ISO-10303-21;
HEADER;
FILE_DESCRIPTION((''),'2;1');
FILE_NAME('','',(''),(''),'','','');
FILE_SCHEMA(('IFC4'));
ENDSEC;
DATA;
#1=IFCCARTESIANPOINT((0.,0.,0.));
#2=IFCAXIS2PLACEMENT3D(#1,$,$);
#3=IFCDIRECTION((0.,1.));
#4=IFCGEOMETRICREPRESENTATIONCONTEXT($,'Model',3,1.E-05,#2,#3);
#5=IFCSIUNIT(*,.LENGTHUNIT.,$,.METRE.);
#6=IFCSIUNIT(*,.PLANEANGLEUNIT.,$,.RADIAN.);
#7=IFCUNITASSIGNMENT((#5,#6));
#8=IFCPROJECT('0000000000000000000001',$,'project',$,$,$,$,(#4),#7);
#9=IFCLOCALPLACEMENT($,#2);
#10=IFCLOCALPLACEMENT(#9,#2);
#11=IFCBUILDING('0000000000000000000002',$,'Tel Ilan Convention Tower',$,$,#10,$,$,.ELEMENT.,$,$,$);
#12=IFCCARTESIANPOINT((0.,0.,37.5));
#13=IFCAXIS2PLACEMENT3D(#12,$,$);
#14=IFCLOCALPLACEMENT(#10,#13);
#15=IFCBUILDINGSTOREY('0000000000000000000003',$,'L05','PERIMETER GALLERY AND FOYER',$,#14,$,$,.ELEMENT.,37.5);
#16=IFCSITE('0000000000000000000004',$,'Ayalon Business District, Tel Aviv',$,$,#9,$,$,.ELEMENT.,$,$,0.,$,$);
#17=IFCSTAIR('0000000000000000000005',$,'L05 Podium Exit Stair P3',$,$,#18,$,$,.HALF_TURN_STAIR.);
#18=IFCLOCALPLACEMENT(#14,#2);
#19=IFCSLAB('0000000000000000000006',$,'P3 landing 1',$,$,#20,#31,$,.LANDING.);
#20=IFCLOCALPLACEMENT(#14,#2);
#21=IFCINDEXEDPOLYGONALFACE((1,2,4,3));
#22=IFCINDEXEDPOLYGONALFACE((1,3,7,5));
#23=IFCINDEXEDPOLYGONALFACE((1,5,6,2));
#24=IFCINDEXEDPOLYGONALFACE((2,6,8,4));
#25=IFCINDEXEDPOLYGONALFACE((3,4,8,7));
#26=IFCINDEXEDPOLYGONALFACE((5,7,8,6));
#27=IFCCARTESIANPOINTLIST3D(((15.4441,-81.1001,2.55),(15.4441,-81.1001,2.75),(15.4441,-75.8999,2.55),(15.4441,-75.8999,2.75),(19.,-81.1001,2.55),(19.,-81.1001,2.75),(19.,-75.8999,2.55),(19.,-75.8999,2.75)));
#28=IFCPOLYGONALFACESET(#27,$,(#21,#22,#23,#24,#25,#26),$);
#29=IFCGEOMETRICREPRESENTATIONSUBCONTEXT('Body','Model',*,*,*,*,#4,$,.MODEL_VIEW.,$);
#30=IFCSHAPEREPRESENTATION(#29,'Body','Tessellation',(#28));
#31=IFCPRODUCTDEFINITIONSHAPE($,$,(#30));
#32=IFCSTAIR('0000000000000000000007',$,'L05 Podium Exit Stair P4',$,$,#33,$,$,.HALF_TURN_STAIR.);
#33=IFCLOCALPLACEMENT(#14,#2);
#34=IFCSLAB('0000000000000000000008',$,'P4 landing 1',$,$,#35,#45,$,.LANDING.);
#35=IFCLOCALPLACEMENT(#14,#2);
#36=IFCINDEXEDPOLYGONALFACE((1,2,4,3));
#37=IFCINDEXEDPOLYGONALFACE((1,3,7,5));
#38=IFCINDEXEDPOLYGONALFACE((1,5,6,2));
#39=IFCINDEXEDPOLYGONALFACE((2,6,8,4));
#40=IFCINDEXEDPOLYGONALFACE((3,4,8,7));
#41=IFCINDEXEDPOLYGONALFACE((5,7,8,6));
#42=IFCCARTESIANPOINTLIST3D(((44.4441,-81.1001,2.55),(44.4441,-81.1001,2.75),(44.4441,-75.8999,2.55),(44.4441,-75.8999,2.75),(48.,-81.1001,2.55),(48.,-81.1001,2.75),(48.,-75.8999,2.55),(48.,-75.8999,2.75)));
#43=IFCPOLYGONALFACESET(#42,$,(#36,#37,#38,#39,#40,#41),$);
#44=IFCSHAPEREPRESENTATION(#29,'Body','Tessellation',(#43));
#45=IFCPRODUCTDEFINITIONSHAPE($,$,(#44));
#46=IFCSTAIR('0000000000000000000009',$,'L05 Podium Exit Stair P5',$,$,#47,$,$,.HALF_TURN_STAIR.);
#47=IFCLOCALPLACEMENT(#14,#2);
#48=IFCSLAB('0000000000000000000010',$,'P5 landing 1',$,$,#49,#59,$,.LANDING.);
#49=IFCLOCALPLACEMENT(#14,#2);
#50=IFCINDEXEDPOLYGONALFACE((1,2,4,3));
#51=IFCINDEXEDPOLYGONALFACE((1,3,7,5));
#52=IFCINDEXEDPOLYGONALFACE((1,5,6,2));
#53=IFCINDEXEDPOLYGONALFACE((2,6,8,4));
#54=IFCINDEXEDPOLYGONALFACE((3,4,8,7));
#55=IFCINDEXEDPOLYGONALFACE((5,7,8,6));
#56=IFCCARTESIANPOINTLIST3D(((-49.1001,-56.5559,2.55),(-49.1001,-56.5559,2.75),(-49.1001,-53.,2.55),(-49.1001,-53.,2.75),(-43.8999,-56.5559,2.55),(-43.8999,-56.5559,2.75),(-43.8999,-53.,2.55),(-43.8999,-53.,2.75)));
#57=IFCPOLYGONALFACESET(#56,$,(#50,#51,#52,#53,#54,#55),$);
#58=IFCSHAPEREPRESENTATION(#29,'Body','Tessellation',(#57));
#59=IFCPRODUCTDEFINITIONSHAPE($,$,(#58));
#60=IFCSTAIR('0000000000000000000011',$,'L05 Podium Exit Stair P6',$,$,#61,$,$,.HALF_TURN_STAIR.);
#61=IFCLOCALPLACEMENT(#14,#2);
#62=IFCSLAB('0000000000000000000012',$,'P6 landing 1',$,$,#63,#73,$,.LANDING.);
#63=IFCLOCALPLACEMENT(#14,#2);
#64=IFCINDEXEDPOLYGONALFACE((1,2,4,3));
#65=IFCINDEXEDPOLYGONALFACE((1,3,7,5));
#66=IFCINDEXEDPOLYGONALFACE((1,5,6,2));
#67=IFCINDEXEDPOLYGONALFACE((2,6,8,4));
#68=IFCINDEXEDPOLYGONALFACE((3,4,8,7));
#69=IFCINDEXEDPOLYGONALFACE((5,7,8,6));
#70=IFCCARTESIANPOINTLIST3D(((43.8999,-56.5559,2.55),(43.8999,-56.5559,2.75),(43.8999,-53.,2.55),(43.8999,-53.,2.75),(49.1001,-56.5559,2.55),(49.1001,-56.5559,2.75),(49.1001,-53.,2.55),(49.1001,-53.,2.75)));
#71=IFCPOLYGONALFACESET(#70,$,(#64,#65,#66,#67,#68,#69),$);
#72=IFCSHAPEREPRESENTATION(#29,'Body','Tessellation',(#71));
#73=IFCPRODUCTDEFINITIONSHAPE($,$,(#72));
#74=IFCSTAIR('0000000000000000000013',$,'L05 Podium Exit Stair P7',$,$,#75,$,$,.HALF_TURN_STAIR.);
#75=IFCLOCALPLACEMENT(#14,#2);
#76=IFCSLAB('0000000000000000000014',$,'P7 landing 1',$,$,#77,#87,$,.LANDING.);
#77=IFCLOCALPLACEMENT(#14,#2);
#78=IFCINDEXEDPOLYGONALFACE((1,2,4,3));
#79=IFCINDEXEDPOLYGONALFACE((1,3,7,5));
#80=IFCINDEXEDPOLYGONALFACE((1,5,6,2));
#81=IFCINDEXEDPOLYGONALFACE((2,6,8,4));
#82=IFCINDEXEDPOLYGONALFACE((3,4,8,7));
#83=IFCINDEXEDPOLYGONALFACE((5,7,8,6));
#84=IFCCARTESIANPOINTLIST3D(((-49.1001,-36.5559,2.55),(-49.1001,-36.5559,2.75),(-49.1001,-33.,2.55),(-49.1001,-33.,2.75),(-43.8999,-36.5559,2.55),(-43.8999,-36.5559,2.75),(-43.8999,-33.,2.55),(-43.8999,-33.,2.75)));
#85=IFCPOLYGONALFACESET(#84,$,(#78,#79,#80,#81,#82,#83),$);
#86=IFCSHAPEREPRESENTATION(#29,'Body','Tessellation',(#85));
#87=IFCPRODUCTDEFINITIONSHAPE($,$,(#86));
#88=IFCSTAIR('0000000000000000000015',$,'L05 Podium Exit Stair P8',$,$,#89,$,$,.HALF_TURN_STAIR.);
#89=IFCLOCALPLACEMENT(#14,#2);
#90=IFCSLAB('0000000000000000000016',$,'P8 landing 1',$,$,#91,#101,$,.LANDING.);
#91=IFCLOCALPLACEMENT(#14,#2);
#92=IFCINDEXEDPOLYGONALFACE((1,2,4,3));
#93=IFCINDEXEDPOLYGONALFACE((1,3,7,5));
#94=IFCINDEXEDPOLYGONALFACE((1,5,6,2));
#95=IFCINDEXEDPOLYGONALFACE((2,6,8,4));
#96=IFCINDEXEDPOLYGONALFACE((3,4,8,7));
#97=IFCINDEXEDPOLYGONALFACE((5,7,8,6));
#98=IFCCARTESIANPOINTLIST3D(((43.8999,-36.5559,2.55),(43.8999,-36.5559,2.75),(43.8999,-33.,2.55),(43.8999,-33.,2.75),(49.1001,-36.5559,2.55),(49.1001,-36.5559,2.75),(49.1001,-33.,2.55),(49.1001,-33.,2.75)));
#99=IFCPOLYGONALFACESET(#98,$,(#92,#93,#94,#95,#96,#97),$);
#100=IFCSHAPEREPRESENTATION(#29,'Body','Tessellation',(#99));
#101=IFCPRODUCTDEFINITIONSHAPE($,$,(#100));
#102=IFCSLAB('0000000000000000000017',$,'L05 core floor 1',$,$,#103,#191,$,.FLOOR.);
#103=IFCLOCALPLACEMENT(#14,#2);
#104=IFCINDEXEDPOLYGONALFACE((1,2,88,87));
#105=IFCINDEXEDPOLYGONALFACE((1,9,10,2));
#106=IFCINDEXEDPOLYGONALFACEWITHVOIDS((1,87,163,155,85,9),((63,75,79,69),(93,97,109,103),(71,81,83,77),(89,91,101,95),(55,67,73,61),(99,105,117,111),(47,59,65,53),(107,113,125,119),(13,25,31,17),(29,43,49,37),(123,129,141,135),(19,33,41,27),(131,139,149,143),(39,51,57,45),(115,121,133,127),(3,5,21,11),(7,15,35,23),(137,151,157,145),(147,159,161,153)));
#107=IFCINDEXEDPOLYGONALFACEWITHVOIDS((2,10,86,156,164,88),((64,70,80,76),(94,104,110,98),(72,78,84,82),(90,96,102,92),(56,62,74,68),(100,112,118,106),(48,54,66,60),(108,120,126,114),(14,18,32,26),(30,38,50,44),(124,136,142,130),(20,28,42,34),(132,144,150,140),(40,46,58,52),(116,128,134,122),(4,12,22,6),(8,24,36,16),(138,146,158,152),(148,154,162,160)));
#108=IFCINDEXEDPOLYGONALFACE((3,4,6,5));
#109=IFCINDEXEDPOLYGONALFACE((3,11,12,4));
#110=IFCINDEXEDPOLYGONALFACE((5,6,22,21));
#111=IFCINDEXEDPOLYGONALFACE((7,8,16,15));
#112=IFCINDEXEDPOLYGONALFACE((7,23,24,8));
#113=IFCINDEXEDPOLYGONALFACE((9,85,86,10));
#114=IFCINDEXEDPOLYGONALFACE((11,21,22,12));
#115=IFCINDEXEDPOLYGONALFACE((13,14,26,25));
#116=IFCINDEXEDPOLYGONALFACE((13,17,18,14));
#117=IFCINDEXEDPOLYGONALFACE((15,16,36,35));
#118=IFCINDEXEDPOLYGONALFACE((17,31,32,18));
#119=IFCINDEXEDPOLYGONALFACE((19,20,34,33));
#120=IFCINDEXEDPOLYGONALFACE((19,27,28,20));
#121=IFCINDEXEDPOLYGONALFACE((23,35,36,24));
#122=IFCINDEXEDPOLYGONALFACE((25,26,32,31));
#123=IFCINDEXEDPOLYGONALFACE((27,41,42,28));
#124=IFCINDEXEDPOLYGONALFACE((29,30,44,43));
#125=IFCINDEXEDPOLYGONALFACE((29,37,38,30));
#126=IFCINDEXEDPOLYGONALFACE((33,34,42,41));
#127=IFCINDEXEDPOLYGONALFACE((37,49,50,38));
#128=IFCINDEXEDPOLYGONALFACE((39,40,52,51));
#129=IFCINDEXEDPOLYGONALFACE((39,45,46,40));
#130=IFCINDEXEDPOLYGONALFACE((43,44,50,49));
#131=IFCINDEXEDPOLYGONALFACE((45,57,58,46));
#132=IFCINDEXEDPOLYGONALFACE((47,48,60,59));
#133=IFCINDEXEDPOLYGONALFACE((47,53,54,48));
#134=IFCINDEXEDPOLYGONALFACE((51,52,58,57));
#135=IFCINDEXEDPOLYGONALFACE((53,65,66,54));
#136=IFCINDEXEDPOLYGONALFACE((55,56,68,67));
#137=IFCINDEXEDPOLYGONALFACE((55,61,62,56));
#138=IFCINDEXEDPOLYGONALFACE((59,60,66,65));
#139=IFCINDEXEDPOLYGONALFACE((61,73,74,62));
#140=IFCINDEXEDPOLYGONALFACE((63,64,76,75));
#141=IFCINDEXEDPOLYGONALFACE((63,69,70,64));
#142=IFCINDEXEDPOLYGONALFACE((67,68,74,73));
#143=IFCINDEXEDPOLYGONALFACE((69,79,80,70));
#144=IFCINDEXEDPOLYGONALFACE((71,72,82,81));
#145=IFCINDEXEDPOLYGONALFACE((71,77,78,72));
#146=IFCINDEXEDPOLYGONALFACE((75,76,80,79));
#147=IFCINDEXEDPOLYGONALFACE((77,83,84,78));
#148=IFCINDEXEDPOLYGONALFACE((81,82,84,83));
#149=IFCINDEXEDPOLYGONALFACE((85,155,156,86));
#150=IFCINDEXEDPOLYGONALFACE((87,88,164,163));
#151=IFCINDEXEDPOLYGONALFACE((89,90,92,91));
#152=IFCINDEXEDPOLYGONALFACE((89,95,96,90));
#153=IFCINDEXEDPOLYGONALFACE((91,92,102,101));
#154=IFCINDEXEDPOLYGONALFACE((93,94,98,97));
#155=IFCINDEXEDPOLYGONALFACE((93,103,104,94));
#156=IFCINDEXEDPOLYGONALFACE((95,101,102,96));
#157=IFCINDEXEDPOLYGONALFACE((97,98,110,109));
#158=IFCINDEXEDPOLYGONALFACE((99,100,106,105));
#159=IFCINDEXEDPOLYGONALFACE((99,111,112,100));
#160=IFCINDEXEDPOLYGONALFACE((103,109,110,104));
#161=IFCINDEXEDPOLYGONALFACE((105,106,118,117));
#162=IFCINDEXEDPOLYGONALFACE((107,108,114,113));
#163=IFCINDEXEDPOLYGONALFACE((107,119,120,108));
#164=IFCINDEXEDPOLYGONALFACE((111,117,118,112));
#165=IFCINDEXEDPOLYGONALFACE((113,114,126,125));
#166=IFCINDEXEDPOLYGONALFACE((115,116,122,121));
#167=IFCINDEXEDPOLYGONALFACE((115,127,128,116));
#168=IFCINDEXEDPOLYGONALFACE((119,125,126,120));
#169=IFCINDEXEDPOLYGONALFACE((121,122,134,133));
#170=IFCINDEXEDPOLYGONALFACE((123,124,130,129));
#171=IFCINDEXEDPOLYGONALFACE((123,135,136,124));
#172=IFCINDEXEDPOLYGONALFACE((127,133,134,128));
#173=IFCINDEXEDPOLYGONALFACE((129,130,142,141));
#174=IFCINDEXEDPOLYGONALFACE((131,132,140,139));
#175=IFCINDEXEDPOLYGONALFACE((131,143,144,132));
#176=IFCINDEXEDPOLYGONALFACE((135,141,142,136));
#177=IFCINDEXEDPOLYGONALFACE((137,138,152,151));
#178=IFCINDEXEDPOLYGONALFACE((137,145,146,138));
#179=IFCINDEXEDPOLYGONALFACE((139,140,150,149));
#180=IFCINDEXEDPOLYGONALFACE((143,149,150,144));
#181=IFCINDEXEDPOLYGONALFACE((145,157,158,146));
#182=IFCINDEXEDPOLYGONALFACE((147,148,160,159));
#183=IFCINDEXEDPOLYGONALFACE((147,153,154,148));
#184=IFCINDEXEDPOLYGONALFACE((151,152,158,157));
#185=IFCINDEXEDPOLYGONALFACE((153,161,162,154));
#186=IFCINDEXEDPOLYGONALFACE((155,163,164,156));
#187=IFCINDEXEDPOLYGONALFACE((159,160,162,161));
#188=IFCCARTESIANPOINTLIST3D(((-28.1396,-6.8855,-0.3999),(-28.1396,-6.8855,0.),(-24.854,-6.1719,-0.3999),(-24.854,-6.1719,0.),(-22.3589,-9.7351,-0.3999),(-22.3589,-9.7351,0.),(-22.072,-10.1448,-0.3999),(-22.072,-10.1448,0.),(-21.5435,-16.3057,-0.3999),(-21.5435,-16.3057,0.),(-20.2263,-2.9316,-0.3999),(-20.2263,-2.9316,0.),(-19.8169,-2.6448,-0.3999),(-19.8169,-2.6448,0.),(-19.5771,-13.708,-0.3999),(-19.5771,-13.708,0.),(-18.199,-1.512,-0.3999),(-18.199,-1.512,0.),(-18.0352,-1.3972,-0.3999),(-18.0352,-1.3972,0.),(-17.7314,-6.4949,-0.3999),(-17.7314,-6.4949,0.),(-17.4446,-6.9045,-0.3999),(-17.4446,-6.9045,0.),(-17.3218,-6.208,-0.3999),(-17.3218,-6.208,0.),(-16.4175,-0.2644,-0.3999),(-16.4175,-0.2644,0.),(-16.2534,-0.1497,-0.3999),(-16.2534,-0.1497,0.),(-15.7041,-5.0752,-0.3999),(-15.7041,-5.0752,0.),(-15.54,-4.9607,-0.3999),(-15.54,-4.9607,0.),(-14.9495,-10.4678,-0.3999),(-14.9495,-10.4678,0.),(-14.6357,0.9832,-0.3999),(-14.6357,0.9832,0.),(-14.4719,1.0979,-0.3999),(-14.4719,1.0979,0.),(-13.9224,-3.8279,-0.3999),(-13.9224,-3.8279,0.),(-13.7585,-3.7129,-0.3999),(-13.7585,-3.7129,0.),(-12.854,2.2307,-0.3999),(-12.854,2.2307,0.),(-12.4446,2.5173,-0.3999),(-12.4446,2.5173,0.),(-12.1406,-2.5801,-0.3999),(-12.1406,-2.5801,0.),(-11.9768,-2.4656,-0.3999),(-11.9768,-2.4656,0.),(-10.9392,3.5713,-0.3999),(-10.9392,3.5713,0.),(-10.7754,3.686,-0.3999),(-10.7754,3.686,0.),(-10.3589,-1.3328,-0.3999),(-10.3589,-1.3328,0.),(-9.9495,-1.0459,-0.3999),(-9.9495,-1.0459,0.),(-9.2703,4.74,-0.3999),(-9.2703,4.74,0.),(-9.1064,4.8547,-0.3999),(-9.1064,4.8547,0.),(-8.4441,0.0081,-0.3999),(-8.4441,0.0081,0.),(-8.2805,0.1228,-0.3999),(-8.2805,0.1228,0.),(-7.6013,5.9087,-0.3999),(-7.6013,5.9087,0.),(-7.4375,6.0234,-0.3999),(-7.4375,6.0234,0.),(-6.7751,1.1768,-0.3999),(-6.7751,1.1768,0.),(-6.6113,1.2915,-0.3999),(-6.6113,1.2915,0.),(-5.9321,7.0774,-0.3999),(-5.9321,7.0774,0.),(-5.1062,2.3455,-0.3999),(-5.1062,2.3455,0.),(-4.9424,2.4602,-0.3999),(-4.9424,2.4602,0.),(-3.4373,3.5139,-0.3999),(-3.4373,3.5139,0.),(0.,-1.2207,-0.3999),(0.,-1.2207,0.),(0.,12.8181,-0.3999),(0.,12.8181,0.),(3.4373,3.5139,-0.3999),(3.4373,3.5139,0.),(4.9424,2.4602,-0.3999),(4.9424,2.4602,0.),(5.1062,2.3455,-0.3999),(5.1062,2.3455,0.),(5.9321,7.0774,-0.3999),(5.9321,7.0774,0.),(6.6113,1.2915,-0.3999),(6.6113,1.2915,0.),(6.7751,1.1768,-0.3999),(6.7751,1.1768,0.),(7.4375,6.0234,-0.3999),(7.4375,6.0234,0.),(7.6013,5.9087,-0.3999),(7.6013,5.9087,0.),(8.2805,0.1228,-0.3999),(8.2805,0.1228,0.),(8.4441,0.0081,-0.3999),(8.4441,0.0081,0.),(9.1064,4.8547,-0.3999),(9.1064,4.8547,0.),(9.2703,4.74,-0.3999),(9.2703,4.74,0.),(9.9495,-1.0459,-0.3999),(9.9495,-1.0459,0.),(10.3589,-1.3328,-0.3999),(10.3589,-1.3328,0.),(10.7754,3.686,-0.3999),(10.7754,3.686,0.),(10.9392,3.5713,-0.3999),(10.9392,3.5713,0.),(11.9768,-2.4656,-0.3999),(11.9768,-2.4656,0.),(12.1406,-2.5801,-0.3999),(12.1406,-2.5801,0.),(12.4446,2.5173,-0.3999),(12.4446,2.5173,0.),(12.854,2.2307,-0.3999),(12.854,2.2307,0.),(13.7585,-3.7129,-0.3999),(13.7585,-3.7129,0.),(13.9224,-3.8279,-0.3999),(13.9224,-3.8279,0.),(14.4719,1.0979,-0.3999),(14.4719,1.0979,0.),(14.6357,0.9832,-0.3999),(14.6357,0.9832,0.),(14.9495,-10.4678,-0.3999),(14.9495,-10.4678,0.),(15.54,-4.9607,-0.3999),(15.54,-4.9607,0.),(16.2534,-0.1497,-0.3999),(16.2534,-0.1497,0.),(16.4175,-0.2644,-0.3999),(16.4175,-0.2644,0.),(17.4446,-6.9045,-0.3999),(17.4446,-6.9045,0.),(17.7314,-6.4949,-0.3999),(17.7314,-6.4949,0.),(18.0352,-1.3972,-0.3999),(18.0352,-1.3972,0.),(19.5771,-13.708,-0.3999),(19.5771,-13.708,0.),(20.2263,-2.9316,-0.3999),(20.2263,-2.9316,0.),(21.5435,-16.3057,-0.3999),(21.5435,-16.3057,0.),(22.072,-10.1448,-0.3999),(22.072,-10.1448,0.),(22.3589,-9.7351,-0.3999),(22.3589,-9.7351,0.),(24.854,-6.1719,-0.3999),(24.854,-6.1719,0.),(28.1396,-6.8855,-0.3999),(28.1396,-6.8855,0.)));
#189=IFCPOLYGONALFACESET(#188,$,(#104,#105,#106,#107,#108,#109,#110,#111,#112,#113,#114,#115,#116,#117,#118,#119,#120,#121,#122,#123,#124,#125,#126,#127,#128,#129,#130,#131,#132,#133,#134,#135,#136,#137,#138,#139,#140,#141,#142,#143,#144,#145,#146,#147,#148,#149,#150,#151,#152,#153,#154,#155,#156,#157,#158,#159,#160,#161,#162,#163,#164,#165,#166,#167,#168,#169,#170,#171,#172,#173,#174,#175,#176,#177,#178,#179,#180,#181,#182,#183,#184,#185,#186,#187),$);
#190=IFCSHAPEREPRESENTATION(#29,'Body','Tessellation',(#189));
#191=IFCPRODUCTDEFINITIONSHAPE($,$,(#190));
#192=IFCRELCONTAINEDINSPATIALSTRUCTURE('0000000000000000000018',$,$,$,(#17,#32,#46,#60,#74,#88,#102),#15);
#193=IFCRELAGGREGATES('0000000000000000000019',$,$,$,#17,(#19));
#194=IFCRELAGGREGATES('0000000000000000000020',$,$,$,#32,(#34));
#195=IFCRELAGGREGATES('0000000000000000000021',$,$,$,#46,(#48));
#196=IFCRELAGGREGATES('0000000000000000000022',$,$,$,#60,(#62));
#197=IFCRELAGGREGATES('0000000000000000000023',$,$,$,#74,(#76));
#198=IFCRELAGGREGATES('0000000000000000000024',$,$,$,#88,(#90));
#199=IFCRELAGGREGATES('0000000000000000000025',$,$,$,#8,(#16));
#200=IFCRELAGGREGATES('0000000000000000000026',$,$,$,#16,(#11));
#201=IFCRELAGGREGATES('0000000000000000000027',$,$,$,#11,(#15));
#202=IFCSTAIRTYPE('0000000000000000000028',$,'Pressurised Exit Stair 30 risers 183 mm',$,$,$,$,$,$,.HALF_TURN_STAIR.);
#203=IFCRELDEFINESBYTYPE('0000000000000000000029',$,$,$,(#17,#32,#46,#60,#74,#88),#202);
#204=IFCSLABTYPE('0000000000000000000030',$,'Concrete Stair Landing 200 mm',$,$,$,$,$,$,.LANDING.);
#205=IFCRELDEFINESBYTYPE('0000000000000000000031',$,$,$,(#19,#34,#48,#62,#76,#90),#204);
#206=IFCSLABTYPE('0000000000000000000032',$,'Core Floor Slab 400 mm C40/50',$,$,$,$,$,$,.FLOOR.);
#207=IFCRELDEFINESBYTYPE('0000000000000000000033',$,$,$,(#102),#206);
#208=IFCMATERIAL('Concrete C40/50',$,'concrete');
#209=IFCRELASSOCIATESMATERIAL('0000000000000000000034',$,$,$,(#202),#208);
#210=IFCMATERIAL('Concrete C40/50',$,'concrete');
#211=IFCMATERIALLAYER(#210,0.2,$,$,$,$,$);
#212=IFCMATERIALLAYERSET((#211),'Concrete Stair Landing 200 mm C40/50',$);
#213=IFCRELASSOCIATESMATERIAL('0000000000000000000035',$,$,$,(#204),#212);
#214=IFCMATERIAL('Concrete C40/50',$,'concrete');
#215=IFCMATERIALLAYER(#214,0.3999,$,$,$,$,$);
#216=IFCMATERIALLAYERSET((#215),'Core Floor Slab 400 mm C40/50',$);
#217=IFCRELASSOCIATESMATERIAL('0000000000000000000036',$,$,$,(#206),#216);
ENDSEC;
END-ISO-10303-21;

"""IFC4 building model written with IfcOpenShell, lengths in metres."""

from ifc_helpers import new_model, si_unit, direction, frame, origin, place, context, subcontext, project, spatial, polyline, outline, extrude, material, layer, layer_set, type_object, element, aggregate, save


model = new_model("IFC4")

# Units and contexts
model_context = context("Model", 3, precision=1e-05, world=origin(), true_north=direction((0.0, 1.0)))
body_context = subcontext(model_context, "Body", "Model", "MODEL_VIEW")
ifc_project = project(units=[si_unit("LENGTHUNIT", "METRE"), si_unit("PLANEANGLEUNIT", "RADIAN")], contexts=[model_context])

# Site, building, storey
site_placement = place(None, origin())
site = spatial("IfcSite", under=ifc_project, at=site_placement, Name="Ayalon Business District, Tel Aviv", CompositionType="ELEMENT", RefElevation=0.0)
building_placement = place(site_placement, origin())
building = spatial("IfcBuilding", under=site, at=building_placement, Name="Tel Ilan Convention Tower", CompositionType="ELEMENT")
storey_placement = place(building_placement, frame((0.0, 0.0, 37.5)))
storey = spatial("IfcBuildingStorey", under=building, at=storey_placement, Name="L05", Description="PERIMETER GALLERY AND FOYER", CompositionType="ELEMENT", Elevation=37.5)

# Stairs, slabs
ifc_material_1 = material(Name="Concrete C40/50", Category="concrete")
stair_type = type_object("IfcStairType", Name="Pressurised Exit Stair 30 risers 183 mm", PredefinedType="HALF_TURN_STAIR", material=ifc_material_1)
stair_1_placement = place(storey_placement, origin())
stair_1 = element("IfcStair", 1, at=stair_1_placement, inside=storey, type_object=stair_type, Name="L05 Podium Exit Stair P3", PredefinedType="HALF_TURN_STAIR")
ifc_material_2 = material(Name="Concrete C40/50", Category="concrete")
ifc_layer_1 = layer(ifc_material_2, 0.2)
ifc_layer_set_1 = layer_set([ifc_layer_1], Name="Concrete Stair Landing 200 mm C40/50")
slab_type_1 = type_object("IfcSlabType", Name="Concrete Stair Landing 200 mm", PredefinedType="LANDING", material=ifc_layer_set_1)
slab_1_placement = place(storey_placement, frame((0.0, 0.0, 2.55)))
slab_1 = element("IfcSlab", 2, at=slab_1_placement, type_object=slab_type_1, Name="P3 landing 1", PredefinedType="LANDING", context=body_context, shape_type="SweptSolid", body=[
    extrude(outline(polyline([(15.4441, -81.1001), (19.0, -81.1001), (19.0, -75.8999), (15.4441, -75.8999), (15.4441, -81.1001)])), origin(), (0.0, 0.0, 1.0), 0.2),
])
aggregate(stair_1, [slab_1])
stair_2_placement = place(storey_placement, origin())
stair_2 = element("IfcStair", 3, at=stair_2_placement, inside=storey, type_object=stair_type, Name="L05 Podium Exit Stair P4", PredefinedType="HALF_TURN_STAIR")
slab_2_placement = place(storey_placement, frame((0.0, 0.0, 2.55)))
slab_2 = element("IfcSlab", 4, at=slab_2_placement, type_object=slab_type_1, Name="P4 landing 1", PredefinedType="LANDING", context=body_context, shape_type="SweptSolid", body=[
    extrude(outline(polyline([(44.4441, -81.1001), (48.0, -81.1001), (48.0, -75.8999), (44.4441, -75.8999), (44.4441, -81.1001)])), origin(), (0.0, 0.0, 1.0), 0.2),
])
aggregate(stair_2, [slab_2])
stair_3_placement = place(storey_placement, origin())
stair_3 = element("IfcStair", 5, at=stair_3_placement, inside=storey, type_object=stair_type, Name="L05 Podium Exit Stair P5", PredefinedType="HALF_TURN_STAIR")
slab_3_placement = place(storey_placement, frame((0.0, 0.0, 2.55)))
slab_3 = element("IfcSlab", 6, at=slab_3_placement, type_object=slab_type_1, Name="P5 landing 1", PredefinedType="LANDING", context=body_context, shape_type="SweptSolid", body=[
    extrude(outline(polyline([(-43.8999, -56.5559), (-43.8999, -53.0), (-49.1001, -53.0), (-49.1001, -56.5559), (-43.8999, -56.5559)])), origin(), (0.0, 0.0, 1.0), 0.2),
])
aggregate(stair_3, [slab_3])
stair_4_placement = place(storey_placement, origin())
stair_4 = element("IfcStair", 7, at=stair_4_placement, inside=storey, type_object=stair_type, Name="L05 Podium Exit Stair P6", PredefinedType="HALF_TURN_STAIR")
slab_4_placement = place(storey_placement, frame((0.0, 0.0, 2.55)))
slab_4 = element("IfcSlab", 8, at=slab_4_placement, type_object=slab_type_1, Name="P6 landing 1", PredefinedType="LANDING", context=body_context, shape_type="SweptSolid", body=[
    extrude(outline(polyline([(49.1001, -56.5559), (49.1001, -53.0), (43.8999, -53.0), (43.8999, -56.5559), (49.1001, -56.5559)])), origin(), (0.0, 0.0, 1.0), 0.2),
])
aggregate(stair_4, [slab_4])
stair_5_placement = place(storey_placement, origin())
stair_5 = element("IfcStair", 9, at=stair_5_placement, inside=storey, type_object=stair_type, Name="L05 Podium Exit Stair P7", PredefinedType="HALF_TURN_STAIR")
slab_5_placement = place(storey_placement, frame((0.0, 0.0, 2.55)))
slab_5 = element("IfcSlab", 10, at=slab_5_placement, type_object=slab_type_1, Name="P7 landing 1", PredefinedType="LANDING", context=body_context, shape_type="SweptSolid", body=[
    extrude(outline(polyline([(-43.8999, -36.5559), (-43.8999, -33.0), (-49.1001, -33.0), (-49.1001, -36.5559), (-43.8999, -36.5559)])), origin(), (0.0, 0.0, 1.0), 0.2),
])
aggregate(stair_5, [slab_5])
stair_6_placement = place(storey_placement, origin())
stair_6 = element("IfcStair", 11, at=stair_6_placement, inside=storey, type_object=stair_type, Name="L05 Podium Exit Stair P8", PredefinedType="HALF_TURN_STAIR")
slab_6_placement = place(storey_placement, frame((0.0, 0.0, 2.55)))
slab_6 = element("IfcSlab", 12, at=slab_6_placement, type_object=slab_type_1, Name="P8 landing 1", PredefinedType="LANDING", context=body_context, shape_type="SweptSolid", body=[
    extrude(outline(polyline([(49.1001, -36.5559), (49.1001, -33.0), (43.8999, -33.0), (43.8999, -36.5559), (49.1001, -36.5559)])), origin(), (0.0, 0.0, 1.0), 0.2),
])
aggregate(stair_6, [slab_6])

# Slab
ifc_material_3 = material(Name="Concrete C40/50", Category="concrete")
ifc_layer_2 = layer(ifc_material_3, 0.3999)
ifc_layer_set_2 = layer_set([ifc_layer_2], Name="Core Floor Slab 400 mm C40/50")
slab_type_2 = type_object("IfcSlabType", Name="Core Floor Slab 400 mm C40/50", PredefinedType="FLOOR", material=ifc_layer_set_2)
slab_7_placement = place(storey_placement, frame((0.0, 0.0, -0.3999)))
element("IfcSlab", 13, at=slab_7_placement, inside=storey, type_object=slab_type_2, Name="L05 core floor 1", PredefinedType="FLOOR", context=body_context, shape_type="SweptSolid", body=[
    extrude(outline(polyline([(-28.1396, -6.8855), (0.0, 12.8181), (28.1396, -6.8855), (21.5435, -16.3057), (0.0, -1.2207), (-21.5435, -16.3057), (-28.1396, -6.8855)]), holes=[polyline([(-19.5771, -13.708), (-14.9495, -10.4678), (-17.4446, -6.9045), (-22.072, -10.1448), (-19.5771, -13.708)]), polyline([(-22.3589, -9.7351), (-17.7314, -6.4949), (-20.2263, -2.9316), (-24.854, -6.1719), (-22.3589, -9.7351)]), polyline([(-15.7041, -5.0752), (-18.199, -1.512), (-19.8169, -2.6448), (-17.3218, -6.208), (-15.7041, -5.0752)]), polyline([(-13.9224, -3.8279), (-16.4175, -0.2644), (-18.0352, -1.3972), (-15.54, -4.9607), (-13.9224, -3.8279)]), polyline([(-12.1406, -2.5801), (-14.6357, 0.9832), (-16.2534, -0.1497), (-13.7585, -3.7129), (-12.1406, -2.5801)]), polyline([(-10.3589, -1.3328), (-12.854, 2.2307), (-14.4719, 1.0979), (-11.9768, -2.4656), (-10.3589, -1.3328)]), polyline([(-8.4441, 0.0081), (-10.9392, 3.5713), (-12.4446, 2.5173), (-9.9495, -1.0459), (-8.4441, 0.0081)]), polyline([(-6.7751, 1.1768), (-9.2703, 4.74), (-10.7754, 3.686), (-8.2805, 0.1228), (-6.7751, 1.1768)]), polyline([(-5.1062, 2.3455), (-7.6013, 5.9087), (-9.1064, 4.8547), (-6.6113, 1.2915), (-5.1062, 2.3455)]), polyline([(-3.4373, 3.5139), (-5.9321, 7.0774), (-7.4375, 6.0234), (-4.9424, 2.4602), (-3.4373, 3.5139)]), polyline([(22.072, -10.1448), (17.4446, -6.9045), (14.9495, -10.4678), (19.5771, -13.708), (22.072, -10.1448)]), polyline([(24.854, -6.1719), (20.2263, -2.9316), (17.7314, -6.4949), (22.3589, -9.7351), (24.854, -6.1719)]), polyline([(13.9224, -3.8279), (15.54, -4.9607), (18.0352, -1.3972), (16.4175, -0.2644), (13.9224, -3.8279)]), polyline([(12.1406, -2.5801), (13.7585, -3.7129), (16.2534, -0.1497), (14.6357, 0.9832), (12.1406, -2.5801)]), polyline([(10.3589, -1.3328), (11.9768, -2.4656), (14.4719, 1.0979), (12.854, 2.2307), (10.3589, -1.3328)]), polyline([(8.4441, 0.0081), (9.9495, -1.0459), (12.4446, 2.5173), (10.9392, 3.5713), (8.4441, 0.0081)]), polyline([(6.7751, 1.1768), (8.2805, 0.1228), (10.7754, 3.686), (9.2703, 4.74), (6.7751, 1.1768)]), polyline([(5.1062, 2.3455), (6.6113, 1.2915), (9.1064, 4.8547), (7.6013, 5.9087), (5.1062, 2.3455)]), polyline([(3.4373, 3.5139), (4.9424, 2.4602), (7.4375, 6.0234), (5.9321, 7.0774), (3.4373, 3.5139)])]), origin(), (0.0, 0.0, 1.0), 0.3999),
])

save(model, "model.ifc")
